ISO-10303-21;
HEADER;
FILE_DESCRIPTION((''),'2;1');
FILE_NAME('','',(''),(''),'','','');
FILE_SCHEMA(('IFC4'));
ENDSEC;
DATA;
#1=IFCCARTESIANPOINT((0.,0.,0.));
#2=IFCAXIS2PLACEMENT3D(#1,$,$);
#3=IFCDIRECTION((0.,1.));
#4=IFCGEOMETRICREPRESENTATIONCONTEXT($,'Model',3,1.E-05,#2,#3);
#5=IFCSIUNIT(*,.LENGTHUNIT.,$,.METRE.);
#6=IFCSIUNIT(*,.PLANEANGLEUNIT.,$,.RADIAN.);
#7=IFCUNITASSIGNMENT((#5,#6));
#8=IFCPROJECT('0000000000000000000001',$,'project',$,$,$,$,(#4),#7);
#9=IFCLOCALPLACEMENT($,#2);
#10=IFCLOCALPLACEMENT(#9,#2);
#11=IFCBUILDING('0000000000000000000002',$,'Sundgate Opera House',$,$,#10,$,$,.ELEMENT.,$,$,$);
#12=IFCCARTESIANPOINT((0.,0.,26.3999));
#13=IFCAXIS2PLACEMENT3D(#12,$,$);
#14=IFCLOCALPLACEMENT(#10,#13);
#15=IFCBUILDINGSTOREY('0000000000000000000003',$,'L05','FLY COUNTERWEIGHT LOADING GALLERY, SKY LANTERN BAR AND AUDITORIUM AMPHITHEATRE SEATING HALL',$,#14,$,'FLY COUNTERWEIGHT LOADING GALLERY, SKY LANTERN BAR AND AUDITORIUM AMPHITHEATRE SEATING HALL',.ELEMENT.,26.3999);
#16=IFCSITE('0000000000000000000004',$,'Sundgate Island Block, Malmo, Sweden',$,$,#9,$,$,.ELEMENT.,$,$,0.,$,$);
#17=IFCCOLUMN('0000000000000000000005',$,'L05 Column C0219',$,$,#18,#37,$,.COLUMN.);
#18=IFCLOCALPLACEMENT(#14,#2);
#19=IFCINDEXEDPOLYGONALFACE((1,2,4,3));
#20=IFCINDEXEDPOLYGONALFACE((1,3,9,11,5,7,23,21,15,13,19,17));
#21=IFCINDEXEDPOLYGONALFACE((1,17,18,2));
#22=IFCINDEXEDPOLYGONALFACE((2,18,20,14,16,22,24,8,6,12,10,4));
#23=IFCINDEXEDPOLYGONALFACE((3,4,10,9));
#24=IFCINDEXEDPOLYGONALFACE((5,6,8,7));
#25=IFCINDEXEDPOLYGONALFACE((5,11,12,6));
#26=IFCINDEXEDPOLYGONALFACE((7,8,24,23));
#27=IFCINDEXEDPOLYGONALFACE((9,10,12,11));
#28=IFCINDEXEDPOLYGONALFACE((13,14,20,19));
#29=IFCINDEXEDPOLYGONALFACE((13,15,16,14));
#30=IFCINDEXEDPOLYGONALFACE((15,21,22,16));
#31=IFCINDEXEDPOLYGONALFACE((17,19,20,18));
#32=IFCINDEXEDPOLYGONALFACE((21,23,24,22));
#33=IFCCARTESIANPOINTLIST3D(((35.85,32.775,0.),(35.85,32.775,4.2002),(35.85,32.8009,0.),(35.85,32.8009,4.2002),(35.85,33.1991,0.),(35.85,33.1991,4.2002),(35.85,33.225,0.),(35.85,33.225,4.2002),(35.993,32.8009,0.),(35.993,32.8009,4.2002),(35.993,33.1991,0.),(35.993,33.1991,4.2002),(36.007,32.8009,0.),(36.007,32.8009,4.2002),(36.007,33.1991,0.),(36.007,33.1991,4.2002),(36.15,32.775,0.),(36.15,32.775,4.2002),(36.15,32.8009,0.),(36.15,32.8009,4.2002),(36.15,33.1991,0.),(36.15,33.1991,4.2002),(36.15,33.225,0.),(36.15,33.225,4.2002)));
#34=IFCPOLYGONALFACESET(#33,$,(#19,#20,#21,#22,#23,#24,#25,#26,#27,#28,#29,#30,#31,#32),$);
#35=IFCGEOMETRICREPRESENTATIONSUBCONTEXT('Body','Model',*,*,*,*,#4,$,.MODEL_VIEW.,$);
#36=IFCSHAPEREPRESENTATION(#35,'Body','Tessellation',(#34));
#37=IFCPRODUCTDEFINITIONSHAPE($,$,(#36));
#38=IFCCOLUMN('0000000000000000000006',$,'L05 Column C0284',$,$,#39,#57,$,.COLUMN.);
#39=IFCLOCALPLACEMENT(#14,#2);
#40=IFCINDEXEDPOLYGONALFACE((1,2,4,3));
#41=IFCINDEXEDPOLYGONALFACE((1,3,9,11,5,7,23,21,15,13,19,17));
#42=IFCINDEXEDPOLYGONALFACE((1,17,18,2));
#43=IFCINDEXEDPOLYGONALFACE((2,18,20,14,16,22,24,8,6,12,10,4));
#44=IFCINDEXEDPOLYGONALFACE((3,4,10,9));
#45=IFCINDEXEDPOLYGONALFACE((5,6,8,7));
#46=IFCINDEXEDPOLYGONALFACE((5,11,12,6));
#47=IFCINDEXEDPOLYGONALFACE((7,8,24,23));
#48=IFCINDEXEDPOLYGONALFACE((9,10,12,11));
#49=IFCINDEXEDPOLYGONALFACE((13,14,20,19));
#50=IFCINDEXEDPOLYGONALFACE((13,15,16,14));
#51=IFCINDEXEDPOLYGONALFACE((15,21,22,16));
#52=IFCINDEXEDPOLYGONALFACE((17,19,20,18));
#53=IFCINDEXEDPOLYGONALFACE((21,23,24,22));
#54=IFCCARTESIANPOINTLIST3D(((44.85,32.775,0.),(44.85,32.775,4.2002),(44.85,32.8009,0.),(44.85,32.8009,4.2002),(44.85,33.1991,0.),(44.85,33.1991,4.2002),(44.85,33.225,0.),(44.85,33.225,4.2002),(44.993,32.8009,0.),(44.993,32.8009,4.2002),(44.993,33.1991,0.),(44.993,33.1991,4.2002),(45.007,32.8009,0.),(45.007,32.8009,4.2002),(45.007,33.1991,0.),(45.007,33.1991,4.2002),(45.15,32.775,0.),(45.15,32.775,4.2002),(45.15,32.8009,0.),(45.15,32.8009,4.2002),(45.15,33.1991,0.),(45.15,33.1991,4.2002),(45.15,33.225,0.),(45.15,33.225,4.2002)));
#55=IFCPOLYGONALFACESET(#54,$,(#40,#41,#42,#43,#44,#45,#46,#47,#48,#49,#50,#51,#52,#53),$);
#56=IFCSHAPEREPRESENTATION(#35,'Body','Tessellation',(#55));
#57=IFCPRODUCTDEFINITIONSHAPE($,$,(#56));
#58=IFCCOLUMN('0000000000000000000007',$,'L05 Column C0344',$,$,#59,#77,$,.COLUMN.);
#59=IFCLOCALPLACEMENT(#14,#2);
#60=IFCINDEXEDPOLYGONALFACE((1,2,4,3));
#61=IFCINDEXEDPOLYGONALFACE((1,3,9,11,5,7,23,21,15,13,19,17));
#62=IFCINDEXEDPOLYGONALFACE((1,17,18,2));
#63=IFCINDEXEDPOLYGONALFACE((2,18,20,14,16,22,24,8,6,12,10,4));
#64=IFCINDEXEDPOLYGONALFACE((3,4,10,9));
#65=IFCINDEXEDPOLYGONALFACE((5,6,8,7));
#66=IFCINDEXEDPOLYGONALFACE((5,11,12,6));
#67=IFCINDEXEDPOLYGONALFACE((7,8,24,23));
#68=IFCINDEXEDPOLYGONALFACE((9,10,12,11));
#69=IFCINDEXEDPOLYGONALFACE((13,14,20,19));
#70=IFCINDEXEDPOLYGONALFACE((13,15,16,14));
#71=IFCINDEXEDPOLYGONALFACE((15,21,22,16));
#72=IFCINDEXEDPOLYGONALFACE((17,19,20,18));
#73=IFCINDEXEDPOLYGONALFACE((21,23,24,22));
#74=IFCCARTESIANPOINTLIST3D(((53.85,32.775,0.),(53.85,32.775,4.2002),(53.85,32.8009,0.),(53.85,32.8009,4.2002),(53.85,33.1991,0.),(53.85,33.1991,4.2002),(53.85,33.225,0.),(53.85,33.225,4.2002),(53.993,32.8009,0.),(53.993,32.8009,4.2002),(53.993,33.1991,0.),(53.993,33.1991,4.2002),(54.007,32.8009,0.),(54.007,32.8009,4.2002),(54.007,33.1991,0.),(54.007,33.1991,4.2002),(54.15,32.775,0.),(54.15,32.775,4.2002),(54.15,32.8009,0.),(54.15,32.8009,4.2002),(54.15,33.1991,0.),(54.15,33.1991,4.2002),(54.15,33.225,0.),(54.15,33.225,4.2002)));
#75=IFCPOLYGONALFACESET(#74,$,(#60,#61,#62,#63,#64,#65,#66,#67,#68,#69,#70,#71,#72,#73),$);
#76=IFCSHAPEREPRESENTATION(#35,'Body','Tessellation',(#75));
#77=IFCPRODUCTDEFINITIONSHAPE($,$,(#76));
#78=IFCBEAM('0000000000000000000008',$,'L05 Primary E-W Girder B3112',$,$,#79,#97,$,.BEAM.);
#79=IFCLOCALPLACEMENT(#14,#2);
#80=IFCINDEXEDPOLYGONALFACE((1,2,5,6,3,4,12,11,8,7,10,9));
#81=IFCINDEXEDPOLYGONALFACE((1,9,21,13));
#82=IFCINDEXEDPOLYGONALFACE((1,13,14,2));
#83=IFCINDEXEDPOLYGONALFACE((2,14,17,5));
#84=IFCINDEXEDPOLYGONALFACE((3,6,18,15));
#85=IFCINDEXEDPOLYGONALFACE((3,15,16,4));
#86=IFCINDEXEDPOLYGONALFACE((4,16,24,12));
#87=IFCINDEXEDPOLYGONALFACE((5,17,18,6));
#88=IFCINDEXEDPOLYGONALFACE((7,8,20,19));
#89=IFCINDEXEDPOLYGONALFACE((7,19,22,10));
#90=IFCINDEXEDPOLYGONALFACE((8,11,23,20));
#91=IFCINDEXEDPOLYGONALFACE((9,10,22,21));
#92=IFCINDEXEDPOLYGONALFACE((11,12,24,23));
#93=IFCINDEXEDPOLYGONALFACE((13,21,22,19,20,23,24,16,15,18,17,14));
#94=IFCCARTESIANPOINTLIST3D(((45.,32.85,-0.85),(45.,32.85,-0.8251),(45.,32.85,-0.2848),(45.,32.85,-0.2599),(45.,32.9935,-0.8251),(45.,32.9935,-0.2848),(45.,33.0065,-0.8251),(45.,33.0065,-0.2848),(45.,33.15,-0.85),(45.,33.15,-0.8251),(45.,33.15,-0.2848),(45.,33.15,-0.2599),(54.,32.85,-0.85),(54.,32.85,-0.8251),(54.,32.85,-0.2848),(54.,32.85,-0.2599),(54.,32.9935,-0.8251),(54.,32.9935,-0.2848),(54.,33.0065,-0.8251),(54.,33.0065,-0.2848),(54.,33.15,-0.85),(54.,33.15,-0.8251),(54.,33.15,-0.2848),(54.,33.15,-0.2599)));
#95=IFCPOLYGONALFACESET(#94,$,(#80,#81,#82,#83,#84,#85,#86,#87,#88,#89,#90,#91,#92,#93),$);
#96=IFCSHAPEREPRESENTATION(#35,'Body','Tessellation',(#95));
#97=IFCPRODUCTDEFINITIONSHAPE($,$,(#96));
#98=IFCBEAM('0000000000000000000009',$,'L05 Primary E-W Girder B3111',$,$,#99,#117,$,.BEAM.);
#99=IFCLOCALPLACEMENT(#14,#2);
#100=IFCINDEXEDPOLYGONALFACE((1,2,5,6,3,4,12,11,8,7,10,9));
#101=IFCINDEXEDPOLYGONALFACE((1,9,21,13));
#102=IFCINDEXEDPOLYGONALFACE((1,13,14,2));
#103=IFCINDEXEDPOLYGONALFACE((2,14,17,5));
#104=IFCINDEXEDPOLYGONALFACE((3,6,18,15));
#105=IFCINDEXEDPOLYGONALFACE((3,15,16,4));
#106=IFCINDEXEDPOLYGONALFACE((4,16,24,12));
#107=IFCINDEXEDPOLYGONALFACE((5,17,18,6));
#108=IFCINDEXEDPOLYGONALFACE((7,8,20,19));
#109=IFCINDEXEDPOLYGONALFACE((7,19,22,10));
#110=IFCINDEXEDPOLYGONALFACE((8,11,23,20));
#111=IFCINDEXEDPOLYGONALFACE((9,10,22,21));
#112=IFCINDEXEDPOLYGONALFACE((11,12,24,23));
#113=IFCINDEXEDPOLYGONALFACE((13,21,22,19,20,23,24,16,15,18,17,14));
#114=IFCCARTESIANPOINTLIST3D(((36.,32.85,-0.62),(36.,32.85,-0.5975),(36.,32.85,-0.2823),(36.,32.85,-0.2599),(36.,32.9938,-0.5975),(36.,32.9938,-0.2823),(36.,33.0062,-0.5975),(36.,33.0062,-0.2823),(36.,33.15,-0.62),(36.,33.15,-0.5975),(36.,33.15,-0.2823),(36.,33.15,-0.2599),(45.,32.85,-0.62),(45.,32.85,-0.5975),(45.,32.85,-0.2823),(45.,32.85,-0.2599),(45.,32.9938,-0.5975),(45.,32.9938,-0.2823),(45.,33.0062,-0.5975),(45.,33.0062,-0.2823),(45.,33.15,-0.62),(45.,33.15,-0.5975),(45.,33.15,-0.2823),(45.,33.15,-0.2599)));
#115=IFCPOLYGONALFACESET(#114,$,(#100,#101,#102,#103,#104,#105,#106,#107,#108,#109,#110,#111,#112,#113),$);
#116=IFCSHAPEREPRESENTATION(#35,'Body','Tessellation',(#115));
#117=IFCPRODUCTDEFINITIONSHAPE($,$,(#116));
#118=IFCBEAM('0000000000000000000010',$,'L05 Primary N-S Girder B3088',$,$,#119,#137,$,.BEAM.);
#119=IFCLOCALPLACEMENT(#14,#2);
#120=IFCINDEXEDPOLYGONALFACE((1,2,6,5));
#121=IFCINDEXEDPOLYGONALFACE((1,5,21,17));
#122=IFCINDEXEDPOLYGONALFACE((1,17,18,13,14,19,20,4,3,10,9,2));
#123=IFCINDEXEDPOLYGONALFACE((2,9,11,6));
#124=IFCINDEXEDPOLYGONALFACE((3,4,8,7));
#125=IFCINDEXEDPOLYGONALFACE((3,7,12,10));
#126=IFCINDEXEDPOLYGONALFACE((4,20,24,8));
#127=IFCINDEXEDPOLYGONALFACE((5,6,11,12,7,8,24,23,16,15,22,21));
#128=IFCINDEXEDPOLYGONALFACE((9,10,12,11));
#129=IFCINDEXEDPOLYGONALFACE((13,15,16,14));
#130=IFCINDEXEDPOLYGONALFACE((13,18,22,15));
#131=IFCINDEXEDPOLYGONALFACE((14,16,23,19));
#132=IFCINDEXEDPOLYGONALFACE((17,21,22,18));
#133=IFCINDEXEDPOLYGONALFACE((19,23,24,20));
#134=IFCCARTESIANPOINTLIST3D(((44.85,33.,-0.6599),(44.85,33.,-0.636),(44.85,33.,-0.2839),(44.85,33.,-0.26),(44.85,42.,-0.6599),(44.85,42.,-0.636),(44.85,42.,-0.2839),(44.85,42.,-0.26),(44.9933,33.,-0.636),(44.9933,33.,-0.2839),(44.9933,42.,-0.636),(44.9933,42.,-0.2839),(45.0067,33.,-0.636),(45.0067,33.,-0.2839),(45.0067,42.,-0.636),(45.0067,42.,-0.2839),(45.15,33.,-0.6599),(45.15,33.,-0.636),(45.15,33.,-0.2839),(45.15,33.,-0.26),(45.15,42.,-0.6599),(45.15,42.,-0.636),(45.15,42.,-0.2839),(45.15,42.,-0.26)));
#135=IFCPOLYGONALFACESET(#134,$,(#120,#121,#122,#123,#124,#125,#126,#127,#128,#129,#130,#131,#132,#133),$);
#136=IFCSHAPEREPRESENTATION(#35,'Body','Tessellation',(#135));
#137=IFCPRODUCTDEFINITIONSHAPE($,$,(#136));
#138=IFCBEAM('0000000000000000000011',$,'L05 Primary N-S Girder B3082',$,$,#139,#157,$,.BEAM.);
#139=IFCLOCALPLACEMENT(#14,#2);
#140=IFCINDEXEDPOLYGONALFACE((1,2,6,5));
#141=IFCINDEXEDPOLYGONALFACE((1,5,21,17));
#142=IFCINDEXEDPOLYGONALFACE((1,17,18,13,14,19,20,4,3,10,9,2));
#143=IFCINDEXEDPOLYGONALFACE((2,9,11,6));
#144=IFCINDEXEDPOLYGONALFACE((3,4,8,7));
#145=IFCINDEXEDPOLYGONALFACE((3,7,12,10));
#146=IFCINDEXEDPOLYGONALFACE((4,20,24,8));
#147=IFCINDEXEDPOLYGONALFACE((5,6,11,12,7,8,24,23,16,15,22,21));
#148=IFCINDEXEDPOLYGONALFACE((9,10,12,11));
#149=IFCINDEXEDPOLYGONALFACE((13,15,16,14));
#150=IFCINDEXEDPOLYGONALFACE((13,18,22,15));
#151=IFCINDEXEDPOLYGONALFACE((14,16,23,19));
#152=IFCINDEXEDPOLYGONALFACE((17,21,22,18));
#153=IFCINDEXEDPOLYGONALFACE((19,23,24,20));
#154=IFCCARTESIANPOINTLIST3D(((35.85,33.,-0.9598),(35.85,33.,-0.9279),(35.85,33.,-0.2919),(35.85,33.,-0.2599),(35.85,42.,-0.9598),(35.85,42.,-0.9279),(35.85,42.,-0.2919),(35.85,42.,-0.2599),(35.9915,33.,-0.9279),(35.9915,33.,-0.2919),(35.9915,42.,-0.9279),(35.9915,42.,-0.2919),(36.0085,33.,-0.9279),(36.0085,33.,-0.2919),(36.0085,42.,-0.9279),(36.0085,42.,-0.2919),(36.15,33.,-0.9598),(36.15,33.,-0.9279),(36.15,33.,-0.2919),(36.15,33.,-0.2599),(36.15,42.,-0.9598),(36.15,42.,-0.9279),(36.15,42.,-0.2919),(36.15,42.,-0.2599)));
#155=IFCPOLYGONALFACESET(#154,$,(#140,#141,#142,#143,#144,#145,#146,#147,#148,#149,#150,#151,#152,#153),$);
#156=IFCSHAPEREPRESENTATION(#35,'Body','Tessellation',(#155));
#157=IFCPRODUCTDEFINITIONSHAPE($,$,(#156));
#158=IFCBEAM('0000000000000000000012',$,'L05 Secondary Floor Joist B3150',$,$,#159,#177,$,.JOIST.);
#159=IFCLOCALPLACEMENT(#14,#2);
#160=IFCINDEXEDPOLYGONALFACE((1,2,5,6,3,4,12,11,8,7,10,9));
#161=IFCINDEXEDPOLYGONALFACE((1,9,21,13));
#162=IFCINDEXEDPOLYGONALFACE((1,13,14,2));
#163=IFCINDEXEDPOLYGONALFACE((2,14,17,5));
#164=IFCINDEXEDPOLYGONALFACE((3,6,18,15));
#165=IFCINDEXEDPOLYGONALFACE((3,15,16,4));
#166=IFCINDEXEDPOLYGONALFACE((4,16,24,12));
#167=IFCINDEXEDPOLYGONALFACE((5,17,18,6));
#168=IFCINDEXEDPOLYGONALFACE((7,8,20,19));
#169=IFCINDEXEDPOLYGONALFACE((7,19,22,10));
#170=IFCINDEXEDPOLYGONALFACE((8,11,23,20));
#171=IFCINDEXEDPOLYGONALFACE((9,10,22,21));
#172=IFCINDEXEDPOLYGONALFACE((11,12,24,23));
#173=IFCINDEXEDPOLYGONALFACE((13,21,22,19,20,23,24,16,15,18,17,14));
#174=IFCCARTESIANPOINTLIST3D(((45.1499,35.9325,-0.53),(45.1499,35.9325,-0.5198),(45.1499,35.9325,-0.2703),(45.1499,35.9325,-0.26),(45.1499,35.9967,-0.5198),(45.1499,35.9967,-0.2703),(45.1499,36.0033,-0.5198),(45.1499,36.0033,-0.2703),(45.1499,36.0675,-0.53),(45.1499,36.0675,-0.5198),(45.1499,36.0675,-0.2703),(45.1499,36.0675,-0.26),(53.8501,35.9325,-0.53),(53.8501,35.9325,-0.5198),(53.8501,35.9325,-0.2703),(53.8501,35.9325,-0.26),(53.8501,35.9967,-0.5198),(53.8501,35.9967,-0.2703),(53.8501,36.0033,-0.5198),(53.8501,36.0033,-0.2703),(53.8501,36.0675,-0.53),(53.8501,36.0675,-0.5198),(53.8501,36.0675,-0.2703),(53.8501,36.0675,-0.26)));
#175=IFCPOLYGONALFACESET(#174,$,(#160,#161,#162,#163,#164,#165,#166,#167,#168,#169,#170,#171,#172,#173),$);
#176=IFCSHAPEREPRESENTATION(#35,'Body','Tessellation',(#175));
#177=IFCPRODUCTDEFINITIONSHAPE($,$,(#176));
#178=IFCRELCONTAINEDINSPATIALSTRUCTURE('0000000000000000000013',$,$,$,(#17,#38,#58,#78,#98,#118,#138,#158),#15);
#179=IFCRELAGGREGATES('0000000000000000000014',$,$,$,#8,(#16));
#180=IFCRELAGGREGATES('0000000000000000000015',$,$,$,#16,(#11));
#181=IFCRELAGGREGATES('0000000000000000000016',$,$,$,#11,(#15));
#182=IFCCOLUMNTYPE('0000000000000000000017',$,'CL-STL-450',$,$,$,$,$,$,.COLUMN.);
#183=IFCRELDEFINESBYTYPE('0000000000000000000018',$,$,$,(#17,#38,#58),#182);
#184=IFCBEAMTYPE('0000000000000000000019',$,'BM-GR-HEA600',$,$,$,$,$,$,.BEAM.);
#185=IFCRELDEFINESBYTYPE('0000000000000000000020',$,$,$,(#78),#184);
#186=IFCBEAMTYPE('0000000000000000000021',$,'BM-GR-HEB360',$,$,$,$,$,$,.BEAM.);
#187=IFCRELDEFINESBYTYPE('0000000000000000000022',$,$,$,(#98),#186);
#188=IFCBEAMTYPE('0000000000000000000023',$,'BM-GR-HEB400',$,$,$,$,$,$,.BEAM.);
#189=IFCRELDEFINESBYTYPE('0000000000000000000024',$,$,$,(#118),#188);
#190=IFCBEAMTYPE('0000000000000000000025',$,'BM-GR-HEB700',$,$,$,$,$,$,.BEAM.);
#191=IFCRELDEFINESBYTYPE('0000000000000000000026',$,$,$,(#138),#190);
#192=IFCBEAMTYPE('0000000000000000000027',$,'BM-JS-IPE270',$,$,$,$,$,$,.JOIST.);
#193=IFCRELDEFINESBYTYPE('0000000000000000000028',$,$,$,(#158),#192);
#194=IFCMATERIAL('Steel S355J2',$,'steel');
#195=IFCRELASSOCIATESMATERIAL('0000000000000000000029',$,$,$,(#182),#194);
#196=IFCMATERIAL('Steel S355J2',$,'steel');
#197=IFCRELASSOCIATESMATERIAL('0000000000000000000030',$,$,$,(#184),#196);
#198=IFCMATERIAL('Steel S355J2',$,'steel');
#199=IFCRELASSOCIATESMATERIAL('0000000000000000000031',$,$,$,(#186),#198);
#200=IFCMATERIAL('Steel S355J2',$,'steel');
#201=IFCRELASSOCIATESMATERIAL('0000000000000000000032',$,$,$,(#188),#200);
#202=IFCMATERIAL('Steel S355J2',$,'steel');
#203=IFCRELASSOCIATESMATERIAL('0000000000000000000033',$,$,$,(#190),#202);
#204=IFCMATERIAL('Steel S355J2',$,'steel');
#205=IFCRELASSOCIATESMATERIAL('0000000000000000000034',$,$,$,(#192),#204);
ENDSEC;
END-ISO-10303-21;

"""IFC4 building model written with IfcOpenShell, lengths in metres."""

from ifc_helpers import new_model, si_unit, direction, frame, origin, origin_2d, place, context, subcontext, project, spatial, i_section, extrude, material, material_profile, profile_set, type_object, element, save


model = new_model("IFC4")

# Units and contexts
model_context = context("Model", 3, precision=1e-05, world=origin(), true_north=direction((0.0, 1.0)))
body_context = subcontext(model_context, "Body", "Model", "MODEL_VIEW")
ifc_project = project(units=[si_unit("LENGTHUNIT", "METRE"), si_unit("PLANEANGLEUNIT", "RADIAN")], contexts=[model_context])

# Site, building, storey
site_placement = place(None, origin())
site = spatial("IfcSite", under=ifc_project, at=site_placement, Name="Sundgate Island Block, Malmo, Sweden", CompositionType="ELEMENT", RefElevation=0.0)
building_placement = place(site_placement, origin())
building = spatial("IfcBuilding", under=site, at=building_placement, Name="Sundgate Opera House", CompositionType="ELEMENT")
storey_placement = place(building_placement, frame((0.0, 0.0, 26.3999)))
storey = spatial("IfcBuildingStorey", under=building, at=storey_placement, Name="L05", Description="FLY COUNTERWEIGHT LOADING GALLERY, SKY LANTERN BAR AND AUDITORIUM AMPHITHEATRE SEATING HALL", LongName="FLY COUNTERWEIGHT LOADING GALLERY, SKY LANTERN BAR AND AUDITORIUM AMPHITHEATRE SEATING HALL", CompositionType="ELEMENT", Elevation=26.3999)

# Columns
ifc_material_1 = material(Name="Steel S355J2", Category="steel")
ifc_material_profile_1 = material_profile(ifc_material_1, i_section(OverallWidth=0.3, OverallDepth=0.45, WebThickness=0.0139, FlangeThickness=0.0259, at=origin_2d()), Name="HEB 450")
ifc_profile_set_1 = profile_set([ifc_material_profile_1], Name="Steel S355J2")
column_type = type_object("IfcColumnType", Name="CL-STL-450", PredefinedType="COLUMN", material=ifc_profile_set_1)
for number, where, z_axis, x_axis, name in (
    (1, (36.0, 33.0, 0.0), (0.0, 0.0, 1.0), (1.0, 0.0, 0.0), "L05 Column C0219"),
    (2, (45.0, 33.0, 0.0), (0.0, 0.0, 1.0), (1.0, 0.0, 0.0), "L05 Column C0284"),
    (3, (54.0, 33.0, 0.0), (0.0, 0.0, 1.0), (1.0, 0.0, 0.0), "L05 Column C0344"),
):
    element("IfcColumn", number, at=place(storey_placement, frame(where, z_axis=z_axis, x_axis=x_axis)), inside=storey, type_object=column_type, Name=name, PredefinedType="COLUMN", context=body_context, shape_type="SweptSolid", body=[
        extrude(i_section(OverallWidth=0.3, OverallDepth=0.45, WebThickness=0.0139, FlangeThickness=0.0259, at=origin_2d()), origin(), (0.0, 0.0, 1.0), 4.2002),
    ])

# Beams
ifc_material_2 = material(Name="Steel S355J2", Category="steel")
ifc_material_profile_2 = material_profile(ifc_material_2, i_section(OverallWidth=0.3, OverallDepth=0.5901, WebThickness=0.0129, FlangeThickness=0.0249, at=origin_2d()), Name="HEA 600")
ifc_profile_set_2 = profile_set([ifc_material_profile_2], Name="Steel S355J2")
beam_type_1 = type_object("IfcBeamType", Name="BM-GR-HEA600", PredefinedType="BEAM", material=ifc_profile_set_2)
beam_1_placement = place(storey_placement, frame((45.0, 33.0, -0.5549), z_axis=(1.0, 0.0, 0.0), x_axis=(0.0, 1.0, 0.0)))
element("IfcBeam", 4, at=beam_1_placement, inside=storey, type_object=beam_type_1, Name="L05 Primary E-W Girder B3112", PredefinedType="BEAM", context=body_context, shape_type="SweptSolid", body=[
    extrude(i_section(OverallWidth=0.3, OverallDepth=0.5901, WebThickness=0.0129, FlangeThickness=0.0249, at=origin_2d()), origin(), (0.0, 0.0, 1.0), 9.0),
])
ifc_material_3 = material(Name="Steel S355J2", Category="steel")
ifc_material_profile_3 = material_profile(ifc_material_3, i_section(OverallWidth=0.3, OverallDepth=0.3601, WebThickness=0.0125, FlangeThickness=0.0225, at=origin_2d()), Name="HEB 360")
ifc_profile_set_3 = profile_set([ifc_material_profile_3], Name="Steel S355J2")
beam_type_2 = type_object("IfcBeamType", Name="BM-GR-HEB360", PredefinedType="BEAM", material=ifc_profile_set_3)
beam_2_placement = place(storey_placement, frame((36.0, 33.0, -0.4399), z_axis=(1.0, 0.0, 0.0), x_axis=(0.0, 1.0, 0.0)))
element("IfcBeam", 5, at=beam_2_placement, inside=storey, type_object=beam_type_2, Name="L05 Primary E-W Girder B3111", PredefinedType="BEAM", context=body_context, shape_type="SweptSolid", body=[
    extrude(i_section(OverallWidth=0.3, OverallDepth=0.3601, WebThickness=0.0125, FlangeThickness=0.0225, at=origin_2d()), origin(), (0.0, 0.0, 1.0), 9.0),
])
ifc_material_4 = material(Name="Steel S355J2", Category="steel")
ifc_material_profile_4 = material_profile(ifc_material_4, i_section(OverallWidth=0.3, OverallDepth=0.3999, WebThickness=0.0134, FlangeThickness=0.0239, at=origin_2d()), Name="HEB 400")
ifc_profile_set_4 = profile_set([ifc_material_profile_4], Name="Steel S355J2")
beam_type_3 = type_object("IfcBeamType", Name="BM-GR-HEB400", PredefinedType="BEAM", material=ifc_profile_set_4)
beam_3_placement = place(storey_placement, frame((45.0, 33.0, -0.46), z_axis=(0.0, 1.0, 0.0), x_axis=(-1.0, 0.0, 0.0)))
element("IfcBeam", 6, at=beam_3_placement, inside=storey, type_object=beam_type_3, Name="L05 Primary N-S Girder B3088", PredefinedType="BEAM", context=body_context, shape_type="SweptSolid", body=[
    extrude(i_section(OverallWidth=0.3, OverallDepth=0.3999, WebThickness=0.0134, FlangeThickness=0.0239, at=origin_2d()), origin(), (0.0, 0.0, 1.0), 9.0),
])
ifc_material_5 = material(Name="Steel S355J2", Category="steel")
ifc_material_profile_5 = material_profile(ifc_material_5, i_section(OverallWidth=0.3, OverallDepth=0.7, WebThickness=0.0171, FlangeThickness=0.032, at=origin_2d()), Name="HEB 700")
ifc_profile_set_5 = profile_set([ifc_material_profile_5], Name="Steel S355J2")
beam_type_4 = type_object("IfcBeamType", Name="BM-GR-HEB700", PredefinedType="BEAM", material=ifc_profile_set_5)
beam_4_placement = place(storey_placement, frame((36.0, 33.0, -0.6099), z_axis=(0.0, 1.0, 0.0), x_axis=(-1.0, 0.0, 0.0)))
element("IfcBeam", 7, at=beam_4_placement, inside=storey, type_object=beam_type_4, Name="L05 Primary N-S Girder B3082", PredefinedType="BEAM", context=body_context, shape_type="SweptSolid", body=[
    extrude(i_section(OverallWidth=0.3, OverallDepth=0.7, WebThickness=0.0171, FlangeThickness=0.032, at=origin_2d()), origin(), (0.0, 0.0, 1.0), 9.0),
])
ifc_material_6 = material(Name="Steel S355J2", Category="steel")
ifc_material_profile_6 = material_profile(ifc_material_6, i_section(OverallWidth=0.135, OverallDepth=0.27, WebThickness=0.0066, FlangeThickness=0.0103, at=origin_2d()), Name="IPE 270")
ifc_profile_set_6 = profile_set([ifc_material_profile_6], Name="Steel S355J2")
beam_type_5 = type_object("IfcBeamType", Name="BM-JS-IPE270", PredefinedType="JOIST", material=ifc_profile_set_6)
beam_5_placement = place(storey_placement, frame((45.1499, 36.0, -0.395), z_axis=(1.0, 0.0, 0.0), x_axis=(0.0, 1.0, 0.0)))
element("IfcBeam", 8, at=beam_5_placement, inside=storey, type_object=beam_type_5, Name="L05 Secondary Floor Joist B3150", PredefinedType="JOIST", context=body_context, shape_type="SweptSolid", body=[
    extrude(i_section(OverallWidth=0.135, OverallDepth=0.27, WebThickness=0.0066, FlangeThickness=0.0103, at=origin_2d()), origin(), (0.0, 0.0, 1.0), 8.7002),
])

save(model, "model.ifc")
